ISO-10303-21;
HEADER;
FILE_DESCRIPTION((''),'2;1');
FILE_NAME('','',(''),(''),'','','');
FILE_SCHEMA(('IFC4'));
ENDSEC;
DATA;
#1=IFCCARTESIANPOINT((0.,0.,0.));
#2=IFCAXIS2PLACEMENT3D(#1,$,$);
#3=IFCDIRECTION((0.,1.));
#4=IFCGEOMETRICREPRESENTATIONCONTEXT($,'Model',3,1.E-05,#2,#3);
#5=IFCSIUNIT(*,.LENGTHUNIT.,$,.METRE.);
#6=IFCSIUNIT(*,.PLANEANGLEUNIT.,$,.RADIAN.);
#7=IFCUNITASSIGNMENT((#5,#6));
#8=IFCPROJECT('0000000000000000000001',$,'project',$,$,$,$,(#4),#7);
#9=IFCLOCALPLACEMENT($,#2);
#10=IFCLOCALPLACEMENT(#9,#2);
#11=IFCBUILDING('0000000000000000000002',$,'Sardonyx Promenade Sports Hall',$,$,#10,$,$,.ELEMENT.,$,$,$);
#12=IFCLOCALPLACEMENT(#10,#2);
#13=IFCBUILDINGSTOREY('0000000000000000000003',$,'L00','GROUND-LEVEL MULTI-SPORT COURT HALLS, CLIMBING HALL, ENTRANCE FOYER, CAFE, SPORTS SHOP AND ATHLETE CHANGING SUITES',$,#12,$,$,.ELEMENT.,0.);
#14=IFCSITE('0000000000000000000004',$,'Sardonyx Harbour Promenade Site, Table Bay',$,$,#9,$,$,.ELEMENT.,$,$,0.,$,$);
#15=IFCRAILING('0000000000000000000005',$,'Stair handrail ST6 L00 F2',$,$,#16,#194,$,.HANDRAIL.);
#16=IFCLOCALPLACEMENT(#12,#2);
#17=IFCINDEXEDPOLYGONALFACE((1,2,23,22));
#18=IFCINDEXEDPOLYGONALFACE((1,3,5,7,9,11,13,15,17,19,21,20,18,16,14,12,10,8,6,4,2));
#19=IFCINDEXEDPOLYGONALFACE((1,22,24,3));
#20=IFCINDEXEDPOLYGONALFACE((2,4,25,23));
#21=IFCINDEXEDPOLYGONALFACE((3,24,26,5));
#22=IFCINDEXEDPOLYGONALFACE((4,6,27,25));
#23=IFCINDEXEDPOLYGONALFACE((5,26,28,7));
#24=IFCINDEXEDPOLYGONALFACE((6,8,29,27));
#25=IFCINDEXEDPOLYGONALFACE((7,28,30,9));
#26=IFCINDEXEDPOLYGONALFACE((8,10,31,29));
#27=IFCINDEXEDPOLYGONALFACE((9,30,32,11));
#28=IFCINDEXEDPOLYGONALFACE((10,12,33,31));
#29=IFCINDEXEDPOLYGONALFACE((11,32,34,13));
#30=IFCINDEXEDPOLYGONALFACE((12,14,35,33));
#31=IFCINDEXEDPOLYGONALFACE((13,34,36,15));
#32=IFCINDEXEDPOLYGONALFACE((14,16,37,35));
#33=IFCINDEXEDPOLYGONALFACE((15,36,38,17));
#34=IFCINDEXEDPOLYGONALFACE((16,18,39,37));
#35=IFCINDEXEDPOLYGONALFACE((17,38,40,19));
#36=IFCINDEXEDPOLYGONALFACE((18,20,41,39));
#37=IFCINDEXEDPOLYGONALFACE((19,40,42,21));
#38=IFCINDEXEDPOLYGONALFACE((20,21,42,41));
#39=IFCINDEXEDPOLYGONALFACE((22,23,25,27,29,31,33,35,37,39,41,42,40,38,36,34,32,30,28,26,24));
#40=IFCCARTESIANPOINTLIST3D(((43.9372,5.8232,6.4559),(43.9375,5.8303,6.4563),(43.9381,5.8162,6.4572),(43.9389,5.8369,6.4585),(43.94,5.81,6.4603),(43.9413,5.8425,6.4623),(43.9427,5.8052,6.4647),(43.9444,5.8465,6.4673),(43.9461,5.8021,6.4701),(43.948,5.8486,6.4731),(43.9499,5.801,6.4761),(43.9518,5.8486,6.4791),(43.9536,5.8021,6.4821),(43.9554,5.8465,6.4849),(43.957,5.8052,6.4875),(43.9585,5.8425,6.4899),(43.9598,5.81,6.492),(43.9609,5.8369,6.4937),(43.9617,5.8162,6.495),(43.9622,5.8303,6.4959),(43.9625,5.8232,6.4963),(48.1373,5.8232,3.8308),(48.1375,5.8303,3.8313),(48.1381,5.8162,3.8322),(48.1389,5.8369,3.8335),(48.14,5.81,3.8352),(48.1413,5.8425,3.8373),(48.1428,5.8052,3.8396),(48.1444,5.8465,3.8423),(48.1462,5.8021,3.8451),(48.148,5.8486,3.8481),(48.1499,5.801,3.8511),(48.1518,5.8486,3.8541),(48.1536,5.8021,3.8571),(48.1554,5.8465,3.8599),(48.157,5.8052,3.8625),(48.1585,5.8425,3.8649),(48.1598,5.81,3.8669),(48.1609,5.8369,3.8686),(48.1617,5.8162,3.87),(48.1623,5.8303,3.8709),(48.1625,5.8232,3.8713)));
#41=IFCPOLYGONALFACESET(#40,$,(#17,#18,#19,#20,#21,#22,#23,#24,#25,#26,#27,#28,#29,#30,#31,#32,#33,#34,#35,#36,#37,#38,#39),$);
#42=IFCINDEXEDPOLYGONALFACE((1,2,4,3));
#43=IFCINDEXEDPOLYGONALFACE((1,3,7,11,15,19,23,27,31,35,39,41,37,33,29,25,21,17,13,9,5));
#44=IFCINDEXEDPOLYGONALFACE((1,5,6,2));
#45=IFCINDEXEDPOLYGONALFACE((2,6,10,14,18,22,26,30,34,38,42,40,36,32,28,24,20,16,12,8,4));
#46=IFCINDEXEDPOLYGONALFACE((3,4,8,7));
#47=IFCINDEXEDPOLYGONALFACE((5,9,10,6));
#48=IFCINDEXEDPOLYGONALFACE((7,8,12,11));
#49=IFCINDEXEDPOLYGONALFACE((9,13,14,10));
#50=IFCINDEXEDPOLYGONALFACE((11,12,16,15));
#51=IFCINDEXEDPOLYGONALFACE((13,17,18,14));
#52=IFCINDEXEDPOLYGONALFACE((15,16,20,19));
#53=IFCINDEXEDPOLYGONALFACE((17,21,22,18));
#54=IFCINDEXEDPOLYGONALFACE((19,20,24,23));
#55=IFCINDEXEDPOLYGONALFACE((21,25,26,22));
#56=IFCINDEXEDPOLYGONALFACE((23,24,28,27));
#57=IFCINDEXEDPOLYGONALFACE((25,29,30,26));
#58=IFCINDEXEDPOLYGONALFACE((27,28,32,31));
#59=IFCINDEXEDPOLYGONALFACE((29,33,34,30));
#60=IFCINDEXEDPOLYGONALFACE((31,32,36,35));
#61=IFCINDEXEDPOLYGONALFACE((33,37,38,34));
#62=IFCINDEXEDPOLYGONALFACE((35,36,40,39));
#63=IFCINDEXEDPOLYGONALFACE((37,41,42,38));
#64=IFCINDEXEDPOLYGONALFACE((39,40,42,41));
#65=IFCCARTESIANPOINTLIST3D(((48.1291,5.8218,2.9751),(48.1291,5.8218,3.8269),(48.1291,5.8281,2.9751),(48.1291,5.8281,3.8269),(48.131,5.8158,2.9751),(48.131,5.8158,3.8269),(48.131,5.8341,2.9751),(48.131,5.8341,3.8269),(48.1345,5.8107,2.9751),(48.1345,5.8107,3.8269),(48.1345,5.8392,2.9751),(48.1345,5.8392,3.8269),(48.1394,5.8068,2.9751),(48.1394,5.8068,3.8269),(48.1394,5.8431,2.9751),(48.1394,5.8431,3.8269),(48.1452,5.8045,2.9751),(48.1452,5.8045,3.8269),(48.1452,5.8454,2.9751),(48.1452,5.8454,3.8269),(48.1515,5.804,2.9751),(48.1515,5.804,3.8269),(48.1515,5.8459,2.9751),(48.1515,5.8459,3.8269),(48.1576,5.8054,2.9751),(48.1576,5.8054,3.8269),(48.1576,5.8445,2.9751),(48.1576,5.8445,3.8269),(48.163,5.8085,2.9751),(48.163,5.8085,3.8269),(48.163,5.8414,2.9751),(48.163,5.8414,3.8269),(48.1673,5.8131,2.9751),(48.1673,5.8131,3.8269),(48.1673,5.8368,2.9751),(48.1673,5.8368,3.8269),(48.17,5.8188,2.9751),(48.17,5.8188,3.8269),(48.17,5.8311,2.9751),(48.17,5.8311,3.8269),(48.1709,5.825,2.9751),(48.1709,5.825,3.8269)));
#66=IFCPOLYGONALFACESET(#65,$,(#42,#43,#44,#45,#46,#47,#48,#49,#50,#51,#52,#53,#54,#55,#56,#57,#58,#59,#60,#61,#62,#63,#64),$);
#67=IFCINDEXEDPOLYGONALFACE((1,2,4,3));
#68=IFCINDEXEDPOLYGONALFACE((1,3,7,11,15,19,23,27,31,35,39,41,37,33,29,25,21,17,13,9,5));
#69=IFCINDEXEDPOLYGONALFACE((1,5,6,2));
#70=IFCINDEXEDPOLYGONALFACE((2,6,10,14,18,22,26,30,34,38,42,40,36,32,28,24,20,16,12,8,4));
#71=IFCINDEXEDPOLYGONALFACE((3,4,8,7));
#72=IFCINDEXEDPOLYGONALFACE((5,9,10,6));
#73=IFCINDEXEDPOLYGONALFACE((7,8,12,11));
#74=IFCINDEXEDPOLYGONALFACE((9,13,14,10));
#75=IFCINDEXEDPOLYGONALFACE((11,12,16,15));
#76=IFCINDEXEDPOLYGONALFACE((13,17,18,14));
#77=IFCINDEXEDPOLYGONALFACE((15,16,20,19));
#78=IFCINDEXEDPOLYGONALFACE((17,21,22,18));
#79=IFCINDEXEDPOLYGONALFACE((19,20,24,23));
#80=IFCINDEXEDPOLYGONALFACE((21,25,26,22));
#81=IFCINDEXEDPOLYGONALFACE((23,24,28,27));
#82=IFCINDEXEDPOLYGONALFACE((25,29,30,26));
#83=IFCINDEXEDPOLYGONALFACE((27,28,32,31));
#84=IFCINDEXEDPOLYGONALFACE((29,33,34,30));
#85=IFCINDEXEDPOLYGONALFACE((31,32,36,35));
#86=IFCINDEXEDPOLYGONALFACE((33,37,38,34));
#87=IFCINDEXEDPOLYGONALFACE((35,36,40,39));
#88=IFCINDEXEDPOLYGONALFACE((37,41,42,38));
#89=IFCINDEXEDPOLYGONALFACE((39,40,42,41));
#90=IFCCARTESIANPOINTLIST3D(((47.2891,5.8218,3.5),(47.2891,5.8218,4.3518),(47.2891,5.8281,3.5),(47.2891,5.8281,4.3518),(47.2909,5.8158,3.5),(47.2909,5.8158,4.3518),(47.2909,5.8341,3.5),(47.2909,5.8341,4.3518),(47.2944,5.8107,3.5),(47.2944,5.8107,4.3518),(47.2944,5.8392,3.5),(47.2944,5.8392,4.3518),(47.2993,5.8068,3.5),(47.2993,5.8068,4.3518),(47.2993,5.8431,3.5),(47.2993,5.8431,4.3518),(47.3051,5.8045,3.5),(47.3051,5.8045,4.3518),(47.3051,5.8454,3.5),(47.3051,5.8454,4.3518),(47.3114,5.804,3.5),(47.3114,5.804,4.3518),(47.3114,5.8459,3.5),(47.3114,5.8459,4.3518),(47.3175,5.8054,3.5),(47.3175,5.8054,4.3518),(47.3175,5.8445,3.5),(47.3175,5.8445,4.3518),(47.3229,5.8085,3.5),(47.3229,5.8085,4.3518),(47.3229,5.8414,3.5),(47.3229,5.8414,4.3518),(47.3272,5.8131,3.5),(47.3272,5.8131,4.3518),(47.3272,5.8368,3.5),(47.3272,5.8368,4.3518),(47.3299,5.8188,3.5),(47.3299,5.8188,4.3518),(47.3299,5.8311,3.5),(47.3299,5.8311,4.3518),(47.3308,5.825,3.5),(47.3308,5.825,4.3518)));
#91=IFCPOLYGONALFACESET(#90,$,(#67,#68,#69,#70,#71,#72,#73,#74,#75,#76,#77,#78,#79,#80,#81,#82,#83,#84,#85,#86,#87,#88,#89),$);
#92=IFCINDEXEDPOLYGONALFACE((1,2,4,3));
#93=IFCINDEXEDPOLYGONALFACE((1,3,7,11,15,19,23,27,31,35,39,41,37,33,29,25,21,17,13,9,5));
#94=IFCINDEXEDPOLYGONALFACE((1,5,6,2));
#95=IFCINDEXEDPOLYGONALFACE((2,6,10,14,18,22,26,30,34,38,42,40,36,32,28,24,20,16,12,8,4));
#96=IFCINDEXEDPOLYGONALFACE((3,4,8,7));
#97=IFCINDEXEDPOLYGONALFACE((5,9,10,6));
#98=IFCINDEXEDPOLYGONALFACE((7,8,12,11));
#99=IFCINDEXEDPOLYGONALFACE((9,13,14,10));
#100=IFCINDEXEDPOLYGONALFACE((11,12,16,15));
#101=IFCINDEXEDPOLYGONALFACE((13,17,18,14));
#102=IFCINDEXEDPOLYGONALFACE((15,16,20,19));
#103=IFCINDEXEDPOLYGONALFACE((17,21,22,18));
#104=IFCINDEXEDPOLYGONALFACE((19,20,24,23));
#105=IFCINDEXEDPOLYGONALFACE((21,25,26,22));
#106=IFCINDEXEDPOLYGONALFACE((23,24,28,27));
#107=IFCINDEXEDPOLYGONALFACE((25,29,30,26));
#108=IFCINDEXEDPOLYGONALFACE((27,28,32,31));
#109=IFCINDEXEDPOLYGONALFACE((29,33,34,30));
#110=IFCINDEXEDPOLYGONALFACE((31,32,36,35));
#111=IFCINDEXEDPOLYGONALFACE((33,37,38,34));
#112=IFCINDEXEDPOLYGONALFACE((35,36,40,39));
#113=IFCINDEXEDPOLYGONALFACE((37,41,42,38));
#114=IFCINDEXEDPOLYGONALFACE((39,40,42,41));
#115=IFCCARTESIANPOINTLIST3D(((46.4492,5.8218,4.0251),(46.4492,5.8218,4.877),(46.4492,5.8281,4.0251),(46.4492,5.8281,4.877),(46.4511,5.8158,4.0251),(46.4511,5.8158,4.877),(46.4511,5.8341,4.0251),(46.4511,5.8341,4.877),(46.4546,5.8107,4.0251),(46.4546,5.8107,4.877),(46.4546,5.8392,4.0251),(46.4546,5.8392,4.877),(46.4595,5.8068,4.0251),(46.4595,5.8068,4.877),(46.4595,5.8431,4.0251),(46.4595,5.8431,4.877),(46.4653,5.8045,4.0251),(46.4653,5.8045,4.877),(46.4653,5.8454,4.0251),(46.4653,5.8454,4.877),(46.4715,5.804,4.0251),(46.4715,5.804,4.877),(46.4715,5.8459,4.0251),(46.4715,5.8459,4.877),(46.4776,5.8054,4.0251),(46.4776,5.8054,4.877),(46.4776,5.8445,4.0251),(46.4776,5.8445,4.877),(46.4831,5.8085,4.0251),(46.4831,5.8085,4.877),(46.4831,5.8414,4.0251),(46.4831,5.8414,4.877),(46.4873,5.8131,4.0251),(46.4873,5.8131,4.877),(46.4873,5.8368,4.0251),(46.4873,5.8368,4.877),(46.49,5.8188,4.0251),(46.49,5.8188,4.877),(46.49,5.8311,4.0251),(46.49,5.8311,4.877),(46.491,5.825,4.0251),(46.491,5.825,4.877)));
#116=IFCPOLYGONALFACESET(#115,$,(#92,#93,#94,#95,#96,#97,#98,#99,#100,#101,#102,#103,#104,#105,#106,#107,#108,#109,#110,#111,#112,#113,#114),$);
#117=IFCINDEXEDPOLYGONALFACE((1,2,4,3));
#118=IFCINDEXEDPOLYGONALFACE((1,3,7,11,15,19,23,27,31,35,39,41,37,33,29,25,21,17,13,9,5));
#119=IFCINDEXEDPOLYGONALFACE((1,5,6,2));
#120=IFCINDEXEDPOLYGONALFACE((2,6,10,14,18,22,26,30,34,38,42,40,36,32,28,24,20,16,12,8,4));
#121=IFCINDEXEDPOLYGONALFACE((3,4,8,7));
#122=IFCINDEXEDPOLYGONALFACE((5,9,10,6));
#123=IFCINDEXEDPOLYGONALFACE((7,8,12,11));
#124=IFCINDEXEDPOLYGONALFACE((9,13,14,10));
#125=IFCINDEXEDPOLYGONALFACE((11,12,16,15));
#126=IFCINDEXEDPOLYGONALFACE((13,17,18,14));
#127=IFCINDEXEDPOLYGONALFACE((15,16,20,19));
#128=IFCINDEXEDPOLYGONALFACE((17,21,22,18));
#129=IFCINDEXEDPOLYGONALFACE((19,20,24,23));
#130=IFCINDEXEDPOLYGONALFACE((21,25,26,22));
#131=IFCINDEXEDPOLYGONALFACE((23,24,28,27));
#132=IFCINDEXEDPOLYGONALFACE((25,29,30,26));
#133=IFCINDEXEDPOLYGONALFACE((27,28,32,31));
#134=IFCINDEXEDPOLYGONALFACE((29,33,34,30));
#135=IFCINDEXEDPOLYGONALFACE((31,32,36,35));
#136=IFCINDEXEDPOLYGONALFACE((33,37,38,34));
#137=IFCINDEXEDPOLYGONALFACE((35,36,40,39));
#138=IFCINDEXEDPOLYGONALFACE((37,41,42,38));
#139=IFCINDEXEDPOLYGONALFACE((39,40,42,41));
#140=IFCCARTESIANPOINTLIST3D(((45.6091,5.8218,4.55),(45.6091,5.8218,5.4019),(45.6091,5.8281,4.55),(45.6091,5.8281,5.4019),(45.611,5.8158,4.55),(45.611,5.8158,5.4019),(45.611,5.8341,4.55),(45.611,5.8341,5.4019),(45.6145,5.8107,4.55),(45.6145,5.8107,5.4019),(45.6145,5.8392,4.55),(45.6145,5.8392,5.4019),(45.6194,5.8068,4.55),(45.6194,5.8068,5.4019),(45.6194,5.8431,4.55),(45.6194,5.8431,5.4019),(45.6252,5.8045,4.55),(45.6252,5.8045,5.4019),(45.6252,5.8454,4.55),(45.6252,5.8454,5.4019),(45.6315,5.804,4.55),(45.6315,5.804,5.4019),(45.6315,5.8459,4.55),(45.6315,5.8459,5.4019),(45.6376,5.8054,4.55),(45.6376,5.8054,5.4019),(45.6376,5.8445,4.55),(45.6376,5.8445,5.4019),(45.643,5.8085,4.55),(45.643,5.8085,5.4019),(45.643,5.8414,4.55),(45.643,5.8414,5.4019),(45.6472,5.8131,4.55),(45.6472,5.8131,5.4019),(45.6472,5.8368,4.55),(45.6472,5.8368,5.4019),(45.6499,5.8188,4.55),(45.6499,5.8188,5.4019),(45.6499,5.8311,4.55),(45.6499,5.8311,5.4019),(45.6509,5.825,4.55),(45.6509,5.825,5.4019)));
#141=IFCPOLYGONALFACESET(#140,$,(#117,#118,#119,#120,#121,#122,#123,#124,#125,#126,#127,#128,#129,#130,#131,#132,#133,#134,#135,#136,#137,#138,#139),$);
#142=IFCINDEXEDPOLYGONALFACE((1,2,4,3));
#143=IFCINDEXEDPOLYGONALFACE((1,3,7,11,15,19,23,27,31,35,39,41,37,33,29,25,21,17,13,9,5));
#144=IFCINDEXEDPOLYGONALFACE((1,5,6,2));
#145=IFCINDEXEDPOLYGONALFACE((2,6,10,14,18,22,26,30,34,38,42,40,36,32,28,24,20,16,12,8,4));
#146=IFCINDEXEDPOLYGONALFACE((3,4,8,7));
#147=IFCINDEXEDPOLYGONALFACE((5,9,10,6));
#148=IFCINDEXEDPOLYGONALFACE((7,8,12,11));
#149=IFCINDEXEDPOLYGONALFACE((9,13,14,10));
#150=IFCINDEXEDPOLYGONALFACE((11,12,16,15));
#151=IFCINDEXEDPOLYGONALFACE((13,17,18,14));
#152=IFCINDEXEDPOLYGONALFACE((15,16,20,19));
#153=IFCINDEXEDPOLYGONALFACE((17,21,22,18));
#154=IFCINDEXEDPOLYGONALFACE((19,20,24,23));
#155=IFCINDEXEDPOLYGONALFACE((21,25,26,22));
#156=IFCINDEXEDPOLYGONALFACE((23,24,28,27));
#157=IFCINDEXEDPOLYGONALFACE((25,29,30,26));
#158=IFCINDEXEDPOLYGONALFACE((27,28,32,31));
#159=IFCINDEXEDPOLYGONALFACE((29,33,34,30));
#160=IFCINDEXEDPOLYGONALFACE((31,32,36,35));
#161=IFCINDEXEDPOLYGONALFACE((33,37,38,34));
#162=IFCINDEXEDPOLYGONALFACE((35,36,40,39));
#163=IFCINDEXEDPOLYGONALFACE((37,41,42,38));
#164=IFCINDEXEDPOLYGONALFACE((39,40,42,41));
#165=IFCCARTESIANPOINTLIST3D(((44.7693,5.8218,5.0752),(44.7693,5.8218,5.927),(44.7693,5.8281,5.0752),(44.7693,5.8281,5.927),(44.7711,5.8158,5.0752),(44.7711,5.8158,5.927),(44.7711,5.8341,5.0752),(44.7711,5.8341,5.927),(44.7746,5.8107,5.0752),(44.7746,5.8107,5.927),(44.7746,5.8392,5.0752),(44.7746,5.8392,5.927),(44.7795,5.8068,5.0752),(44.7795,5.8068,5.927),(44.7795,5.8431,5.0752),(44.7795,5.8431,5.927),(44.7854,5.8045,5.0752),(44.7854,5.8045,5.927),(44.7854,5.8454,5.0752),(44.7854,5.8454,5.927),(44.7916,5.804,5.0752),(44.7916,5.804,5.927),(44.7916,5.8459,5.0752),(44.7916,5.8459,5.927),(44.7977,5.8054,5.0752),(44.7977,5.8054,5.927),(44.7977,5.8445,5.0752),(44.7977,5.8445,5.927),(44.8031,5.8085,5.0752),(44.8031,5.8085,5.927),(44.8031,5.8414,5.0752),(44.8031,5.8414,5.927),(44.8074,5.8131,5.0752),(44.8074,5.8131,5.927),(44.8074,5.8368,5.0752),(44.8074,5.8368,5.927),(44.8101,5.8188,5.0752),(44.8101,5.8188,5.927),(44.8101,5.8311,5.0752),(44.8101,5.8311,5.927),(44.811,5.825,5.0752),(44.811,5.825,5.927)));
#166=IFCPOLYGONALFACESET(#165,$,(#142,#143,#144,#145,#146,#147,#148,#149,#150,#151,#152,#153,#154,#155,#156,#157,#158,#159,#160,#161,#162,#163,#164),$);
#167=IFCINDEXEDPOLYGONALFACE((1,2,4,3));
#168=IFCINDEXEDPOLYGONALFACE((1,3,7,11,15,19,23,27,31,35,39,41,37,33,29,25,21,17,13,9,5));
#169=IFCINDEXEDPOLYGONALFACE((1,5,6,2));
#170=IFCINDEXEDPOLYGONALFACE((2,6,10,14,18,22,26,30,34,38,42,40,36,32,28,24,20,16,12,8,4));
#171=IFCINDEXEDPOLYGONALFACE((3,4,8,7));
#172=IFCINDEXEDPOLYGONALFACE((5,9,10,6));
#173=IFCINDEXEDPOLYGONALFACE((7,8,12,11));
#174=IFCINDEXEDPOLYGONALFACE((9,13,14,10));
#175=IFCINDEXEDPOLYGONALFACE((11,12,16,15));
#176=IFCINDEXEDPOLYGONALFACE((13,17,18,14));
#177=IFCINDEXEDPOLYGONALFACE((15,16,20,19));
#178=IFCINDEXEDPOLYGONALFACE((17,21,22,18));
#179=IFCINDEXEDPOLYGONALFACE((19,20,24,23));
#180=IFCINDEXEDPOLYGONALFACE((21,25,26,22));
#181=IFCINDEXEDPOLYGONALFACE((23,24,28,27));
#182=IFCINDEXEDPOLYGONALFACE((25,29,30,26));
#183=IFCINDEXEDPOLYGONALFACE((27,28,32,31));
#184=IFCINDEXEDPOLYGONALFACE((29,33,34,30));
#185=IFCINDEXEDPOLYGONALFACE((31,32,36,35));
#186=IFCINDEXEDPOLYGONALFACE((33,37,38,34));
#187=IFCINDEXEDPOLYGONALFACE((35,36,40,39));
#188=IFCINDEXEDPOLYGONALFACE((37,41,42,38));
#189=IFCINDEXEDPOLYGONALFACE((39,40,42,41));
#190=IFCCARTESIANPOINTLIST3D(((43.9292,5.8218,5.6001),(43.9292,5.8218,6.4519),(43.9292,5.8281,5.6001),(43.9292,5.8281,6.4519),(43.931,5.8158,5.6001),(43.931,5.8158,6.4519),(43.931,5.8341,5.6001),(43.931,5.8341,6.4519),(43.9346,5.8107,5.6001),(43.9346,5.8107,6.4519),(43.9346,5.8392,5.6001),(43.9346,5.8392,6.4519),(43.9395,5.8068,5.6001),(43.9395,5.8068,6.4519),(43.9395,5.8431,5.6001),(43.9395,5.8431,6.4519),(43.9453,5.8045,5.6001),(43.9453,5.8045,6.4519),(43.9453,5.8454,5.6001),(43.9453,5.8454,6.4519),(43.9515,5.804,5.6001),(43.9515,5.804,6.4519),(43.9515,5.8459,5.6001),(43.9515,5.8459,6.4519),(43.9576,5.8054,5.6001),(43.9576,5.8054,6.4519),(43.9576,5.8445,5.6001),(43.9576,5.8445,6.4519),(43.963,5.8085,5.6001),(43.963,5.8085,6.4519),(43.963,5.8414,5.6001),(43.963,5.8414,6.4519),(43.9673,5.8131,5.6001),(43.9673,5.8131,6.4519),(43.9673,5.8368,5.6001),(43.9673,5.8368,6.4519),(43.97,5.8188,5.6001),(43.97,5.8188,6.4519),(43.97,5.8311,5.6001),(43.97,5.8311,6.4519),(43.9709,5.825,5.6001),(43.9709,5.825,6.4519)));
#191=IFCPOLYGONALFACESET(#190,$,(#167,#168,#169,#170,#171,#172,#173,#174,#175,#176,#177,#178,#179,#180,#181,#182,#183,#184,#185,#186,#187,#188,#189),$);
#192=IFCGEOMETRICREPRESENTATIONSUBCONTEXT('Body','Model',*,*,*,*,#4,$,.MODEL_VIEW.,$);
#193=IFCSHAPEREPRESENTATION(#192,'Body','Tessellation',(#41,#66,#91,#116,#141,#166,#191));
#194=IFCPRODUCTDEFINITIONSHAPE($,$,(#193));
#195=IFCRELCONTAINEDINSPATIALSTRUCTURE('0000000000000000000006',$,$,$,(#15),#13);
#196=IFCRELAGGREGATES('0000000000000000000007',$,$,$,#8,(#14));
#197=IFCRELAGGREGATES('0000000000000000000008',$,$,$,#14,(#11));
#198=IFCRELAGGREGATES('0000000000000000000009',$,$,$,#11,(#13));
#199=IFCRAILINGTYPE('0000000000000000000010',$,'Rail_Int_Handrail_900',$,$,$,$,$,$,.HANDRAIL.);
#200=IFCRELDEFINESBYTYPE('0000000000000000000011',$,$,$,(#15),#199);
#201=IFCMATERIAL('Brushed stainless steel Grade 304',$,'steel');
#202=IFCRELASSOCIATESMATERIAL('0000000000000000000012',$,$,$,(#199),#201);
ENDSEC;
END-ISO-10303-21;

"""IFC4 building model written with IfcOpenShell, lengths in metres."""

from ifc_helpers import new_model, si_unit, direction, frame, origin, origin_2d, place, context, subcontext, project, spatial, circle, extrude, material, type_object, element, save


model = new_model("IFC4")

# Units and contexts
model_context = context("Model", 3, precision=1e-05, world=origin(), true_north=direction((0.0, 1.0)))
body_context = subcontext(model_context, "Body", "Model", "MODEL_VIEW")
ifc_project = project(units=[si_unit("LENGTHUNIT", "METRE"), si_unit("PLANEANGLEUNIT", "RADIAN")], contexts=[model_context])

# Site, building, storey
site_placement = place(None, origin())
site = spatial("IfcSite", under=ifc_project, at=site_placement, Name="Sardonyx Harbour Promenade Site, Table Bay", CompositionType="ELEMENT", RefElevation=0.0)
building_placement = place(site_placement, origin())
building = spatial("IfcBuilding", under=site, at=building_placement, Name="Sardonyx Promenade Sports Hall", CompositionType="ELEMENT")
storey_placement = place(building_placement, origin())
storey = spatial("IfcBuildingStorey", under=building, at=storey_placement, Name="L00", Description="GROUND-LEVEL MULTI-SPORT COURT HALLS, CLIMBING HALL, ENTRANCE FOYER, CAFE, SPORTS SHOP AND ATHLETE CHANGING SUITES", CompositionType="ELEMENT", Elevation=0.0)

# Railing
ifc_material_1 = material(Name="Brushed stainless steel Grade 304", Category="steel")
railing_type = type_object("IfcRailingType", Name="Rail_Int_Handrail_900", PredefinedType="HANDRAIL", material=ifc_material_1)
railing_placement = place(storey_placement, frame((48.1499, 5.825, 2.9751)))
element("IfcRailing", 1, at=railing_placement, inside=storey, type_object=railing_type, Name="Stair handrail ST6 L00 F2", PredefinedType="HANDRAIL", context=body_context, shape_type="SweptSolid", body=[
    extrude(circle(Radius=0.0239, at=origin_2d()), frame((0.0, 0.0, 0.876), z_axis=(-0.847996, 0.0, 0.530003), x_axis=(0.0, -1.0, 0.0)), (0.0, 0.0, 1.0), 4.9529),
    extrude(circle(Radius=0.021, at=origin_2d()), origin(), (0.0, 0.0, 1.0), 0.8518),
    extrude(circle(Radius=0.021, at=origin_2d()), frame((-0.8401, 0.0, 0.5249)), (0.0, 0.0, 1.0), 0.8518),
    extrude(circle(Radius=0.021, at=origin_2d()), frame((-1.6799, 0.0, 1.05)), (0.0, 0.0, 1.0), 0.8518),
    extrude(circle(Radius=0.021, at=origin_2d()), frame((-2.52, 0.0, 1.575)), (0.0, 0.0, 1.0), 0.8518),
    extrude(circle(Radius=0.021, at=origin_2d()), frame((-3.3599, 0.0, 2.1001)), (0.0, 0.0, 1.0), 0.8518),
    extrude(circle(Radius=0.021, at=origin_2d()), frame((-4.2, 0.0, 2.625)), (0.0, 0.0, 1.0), 0.8518),
])

save(model, "model.ifc")
